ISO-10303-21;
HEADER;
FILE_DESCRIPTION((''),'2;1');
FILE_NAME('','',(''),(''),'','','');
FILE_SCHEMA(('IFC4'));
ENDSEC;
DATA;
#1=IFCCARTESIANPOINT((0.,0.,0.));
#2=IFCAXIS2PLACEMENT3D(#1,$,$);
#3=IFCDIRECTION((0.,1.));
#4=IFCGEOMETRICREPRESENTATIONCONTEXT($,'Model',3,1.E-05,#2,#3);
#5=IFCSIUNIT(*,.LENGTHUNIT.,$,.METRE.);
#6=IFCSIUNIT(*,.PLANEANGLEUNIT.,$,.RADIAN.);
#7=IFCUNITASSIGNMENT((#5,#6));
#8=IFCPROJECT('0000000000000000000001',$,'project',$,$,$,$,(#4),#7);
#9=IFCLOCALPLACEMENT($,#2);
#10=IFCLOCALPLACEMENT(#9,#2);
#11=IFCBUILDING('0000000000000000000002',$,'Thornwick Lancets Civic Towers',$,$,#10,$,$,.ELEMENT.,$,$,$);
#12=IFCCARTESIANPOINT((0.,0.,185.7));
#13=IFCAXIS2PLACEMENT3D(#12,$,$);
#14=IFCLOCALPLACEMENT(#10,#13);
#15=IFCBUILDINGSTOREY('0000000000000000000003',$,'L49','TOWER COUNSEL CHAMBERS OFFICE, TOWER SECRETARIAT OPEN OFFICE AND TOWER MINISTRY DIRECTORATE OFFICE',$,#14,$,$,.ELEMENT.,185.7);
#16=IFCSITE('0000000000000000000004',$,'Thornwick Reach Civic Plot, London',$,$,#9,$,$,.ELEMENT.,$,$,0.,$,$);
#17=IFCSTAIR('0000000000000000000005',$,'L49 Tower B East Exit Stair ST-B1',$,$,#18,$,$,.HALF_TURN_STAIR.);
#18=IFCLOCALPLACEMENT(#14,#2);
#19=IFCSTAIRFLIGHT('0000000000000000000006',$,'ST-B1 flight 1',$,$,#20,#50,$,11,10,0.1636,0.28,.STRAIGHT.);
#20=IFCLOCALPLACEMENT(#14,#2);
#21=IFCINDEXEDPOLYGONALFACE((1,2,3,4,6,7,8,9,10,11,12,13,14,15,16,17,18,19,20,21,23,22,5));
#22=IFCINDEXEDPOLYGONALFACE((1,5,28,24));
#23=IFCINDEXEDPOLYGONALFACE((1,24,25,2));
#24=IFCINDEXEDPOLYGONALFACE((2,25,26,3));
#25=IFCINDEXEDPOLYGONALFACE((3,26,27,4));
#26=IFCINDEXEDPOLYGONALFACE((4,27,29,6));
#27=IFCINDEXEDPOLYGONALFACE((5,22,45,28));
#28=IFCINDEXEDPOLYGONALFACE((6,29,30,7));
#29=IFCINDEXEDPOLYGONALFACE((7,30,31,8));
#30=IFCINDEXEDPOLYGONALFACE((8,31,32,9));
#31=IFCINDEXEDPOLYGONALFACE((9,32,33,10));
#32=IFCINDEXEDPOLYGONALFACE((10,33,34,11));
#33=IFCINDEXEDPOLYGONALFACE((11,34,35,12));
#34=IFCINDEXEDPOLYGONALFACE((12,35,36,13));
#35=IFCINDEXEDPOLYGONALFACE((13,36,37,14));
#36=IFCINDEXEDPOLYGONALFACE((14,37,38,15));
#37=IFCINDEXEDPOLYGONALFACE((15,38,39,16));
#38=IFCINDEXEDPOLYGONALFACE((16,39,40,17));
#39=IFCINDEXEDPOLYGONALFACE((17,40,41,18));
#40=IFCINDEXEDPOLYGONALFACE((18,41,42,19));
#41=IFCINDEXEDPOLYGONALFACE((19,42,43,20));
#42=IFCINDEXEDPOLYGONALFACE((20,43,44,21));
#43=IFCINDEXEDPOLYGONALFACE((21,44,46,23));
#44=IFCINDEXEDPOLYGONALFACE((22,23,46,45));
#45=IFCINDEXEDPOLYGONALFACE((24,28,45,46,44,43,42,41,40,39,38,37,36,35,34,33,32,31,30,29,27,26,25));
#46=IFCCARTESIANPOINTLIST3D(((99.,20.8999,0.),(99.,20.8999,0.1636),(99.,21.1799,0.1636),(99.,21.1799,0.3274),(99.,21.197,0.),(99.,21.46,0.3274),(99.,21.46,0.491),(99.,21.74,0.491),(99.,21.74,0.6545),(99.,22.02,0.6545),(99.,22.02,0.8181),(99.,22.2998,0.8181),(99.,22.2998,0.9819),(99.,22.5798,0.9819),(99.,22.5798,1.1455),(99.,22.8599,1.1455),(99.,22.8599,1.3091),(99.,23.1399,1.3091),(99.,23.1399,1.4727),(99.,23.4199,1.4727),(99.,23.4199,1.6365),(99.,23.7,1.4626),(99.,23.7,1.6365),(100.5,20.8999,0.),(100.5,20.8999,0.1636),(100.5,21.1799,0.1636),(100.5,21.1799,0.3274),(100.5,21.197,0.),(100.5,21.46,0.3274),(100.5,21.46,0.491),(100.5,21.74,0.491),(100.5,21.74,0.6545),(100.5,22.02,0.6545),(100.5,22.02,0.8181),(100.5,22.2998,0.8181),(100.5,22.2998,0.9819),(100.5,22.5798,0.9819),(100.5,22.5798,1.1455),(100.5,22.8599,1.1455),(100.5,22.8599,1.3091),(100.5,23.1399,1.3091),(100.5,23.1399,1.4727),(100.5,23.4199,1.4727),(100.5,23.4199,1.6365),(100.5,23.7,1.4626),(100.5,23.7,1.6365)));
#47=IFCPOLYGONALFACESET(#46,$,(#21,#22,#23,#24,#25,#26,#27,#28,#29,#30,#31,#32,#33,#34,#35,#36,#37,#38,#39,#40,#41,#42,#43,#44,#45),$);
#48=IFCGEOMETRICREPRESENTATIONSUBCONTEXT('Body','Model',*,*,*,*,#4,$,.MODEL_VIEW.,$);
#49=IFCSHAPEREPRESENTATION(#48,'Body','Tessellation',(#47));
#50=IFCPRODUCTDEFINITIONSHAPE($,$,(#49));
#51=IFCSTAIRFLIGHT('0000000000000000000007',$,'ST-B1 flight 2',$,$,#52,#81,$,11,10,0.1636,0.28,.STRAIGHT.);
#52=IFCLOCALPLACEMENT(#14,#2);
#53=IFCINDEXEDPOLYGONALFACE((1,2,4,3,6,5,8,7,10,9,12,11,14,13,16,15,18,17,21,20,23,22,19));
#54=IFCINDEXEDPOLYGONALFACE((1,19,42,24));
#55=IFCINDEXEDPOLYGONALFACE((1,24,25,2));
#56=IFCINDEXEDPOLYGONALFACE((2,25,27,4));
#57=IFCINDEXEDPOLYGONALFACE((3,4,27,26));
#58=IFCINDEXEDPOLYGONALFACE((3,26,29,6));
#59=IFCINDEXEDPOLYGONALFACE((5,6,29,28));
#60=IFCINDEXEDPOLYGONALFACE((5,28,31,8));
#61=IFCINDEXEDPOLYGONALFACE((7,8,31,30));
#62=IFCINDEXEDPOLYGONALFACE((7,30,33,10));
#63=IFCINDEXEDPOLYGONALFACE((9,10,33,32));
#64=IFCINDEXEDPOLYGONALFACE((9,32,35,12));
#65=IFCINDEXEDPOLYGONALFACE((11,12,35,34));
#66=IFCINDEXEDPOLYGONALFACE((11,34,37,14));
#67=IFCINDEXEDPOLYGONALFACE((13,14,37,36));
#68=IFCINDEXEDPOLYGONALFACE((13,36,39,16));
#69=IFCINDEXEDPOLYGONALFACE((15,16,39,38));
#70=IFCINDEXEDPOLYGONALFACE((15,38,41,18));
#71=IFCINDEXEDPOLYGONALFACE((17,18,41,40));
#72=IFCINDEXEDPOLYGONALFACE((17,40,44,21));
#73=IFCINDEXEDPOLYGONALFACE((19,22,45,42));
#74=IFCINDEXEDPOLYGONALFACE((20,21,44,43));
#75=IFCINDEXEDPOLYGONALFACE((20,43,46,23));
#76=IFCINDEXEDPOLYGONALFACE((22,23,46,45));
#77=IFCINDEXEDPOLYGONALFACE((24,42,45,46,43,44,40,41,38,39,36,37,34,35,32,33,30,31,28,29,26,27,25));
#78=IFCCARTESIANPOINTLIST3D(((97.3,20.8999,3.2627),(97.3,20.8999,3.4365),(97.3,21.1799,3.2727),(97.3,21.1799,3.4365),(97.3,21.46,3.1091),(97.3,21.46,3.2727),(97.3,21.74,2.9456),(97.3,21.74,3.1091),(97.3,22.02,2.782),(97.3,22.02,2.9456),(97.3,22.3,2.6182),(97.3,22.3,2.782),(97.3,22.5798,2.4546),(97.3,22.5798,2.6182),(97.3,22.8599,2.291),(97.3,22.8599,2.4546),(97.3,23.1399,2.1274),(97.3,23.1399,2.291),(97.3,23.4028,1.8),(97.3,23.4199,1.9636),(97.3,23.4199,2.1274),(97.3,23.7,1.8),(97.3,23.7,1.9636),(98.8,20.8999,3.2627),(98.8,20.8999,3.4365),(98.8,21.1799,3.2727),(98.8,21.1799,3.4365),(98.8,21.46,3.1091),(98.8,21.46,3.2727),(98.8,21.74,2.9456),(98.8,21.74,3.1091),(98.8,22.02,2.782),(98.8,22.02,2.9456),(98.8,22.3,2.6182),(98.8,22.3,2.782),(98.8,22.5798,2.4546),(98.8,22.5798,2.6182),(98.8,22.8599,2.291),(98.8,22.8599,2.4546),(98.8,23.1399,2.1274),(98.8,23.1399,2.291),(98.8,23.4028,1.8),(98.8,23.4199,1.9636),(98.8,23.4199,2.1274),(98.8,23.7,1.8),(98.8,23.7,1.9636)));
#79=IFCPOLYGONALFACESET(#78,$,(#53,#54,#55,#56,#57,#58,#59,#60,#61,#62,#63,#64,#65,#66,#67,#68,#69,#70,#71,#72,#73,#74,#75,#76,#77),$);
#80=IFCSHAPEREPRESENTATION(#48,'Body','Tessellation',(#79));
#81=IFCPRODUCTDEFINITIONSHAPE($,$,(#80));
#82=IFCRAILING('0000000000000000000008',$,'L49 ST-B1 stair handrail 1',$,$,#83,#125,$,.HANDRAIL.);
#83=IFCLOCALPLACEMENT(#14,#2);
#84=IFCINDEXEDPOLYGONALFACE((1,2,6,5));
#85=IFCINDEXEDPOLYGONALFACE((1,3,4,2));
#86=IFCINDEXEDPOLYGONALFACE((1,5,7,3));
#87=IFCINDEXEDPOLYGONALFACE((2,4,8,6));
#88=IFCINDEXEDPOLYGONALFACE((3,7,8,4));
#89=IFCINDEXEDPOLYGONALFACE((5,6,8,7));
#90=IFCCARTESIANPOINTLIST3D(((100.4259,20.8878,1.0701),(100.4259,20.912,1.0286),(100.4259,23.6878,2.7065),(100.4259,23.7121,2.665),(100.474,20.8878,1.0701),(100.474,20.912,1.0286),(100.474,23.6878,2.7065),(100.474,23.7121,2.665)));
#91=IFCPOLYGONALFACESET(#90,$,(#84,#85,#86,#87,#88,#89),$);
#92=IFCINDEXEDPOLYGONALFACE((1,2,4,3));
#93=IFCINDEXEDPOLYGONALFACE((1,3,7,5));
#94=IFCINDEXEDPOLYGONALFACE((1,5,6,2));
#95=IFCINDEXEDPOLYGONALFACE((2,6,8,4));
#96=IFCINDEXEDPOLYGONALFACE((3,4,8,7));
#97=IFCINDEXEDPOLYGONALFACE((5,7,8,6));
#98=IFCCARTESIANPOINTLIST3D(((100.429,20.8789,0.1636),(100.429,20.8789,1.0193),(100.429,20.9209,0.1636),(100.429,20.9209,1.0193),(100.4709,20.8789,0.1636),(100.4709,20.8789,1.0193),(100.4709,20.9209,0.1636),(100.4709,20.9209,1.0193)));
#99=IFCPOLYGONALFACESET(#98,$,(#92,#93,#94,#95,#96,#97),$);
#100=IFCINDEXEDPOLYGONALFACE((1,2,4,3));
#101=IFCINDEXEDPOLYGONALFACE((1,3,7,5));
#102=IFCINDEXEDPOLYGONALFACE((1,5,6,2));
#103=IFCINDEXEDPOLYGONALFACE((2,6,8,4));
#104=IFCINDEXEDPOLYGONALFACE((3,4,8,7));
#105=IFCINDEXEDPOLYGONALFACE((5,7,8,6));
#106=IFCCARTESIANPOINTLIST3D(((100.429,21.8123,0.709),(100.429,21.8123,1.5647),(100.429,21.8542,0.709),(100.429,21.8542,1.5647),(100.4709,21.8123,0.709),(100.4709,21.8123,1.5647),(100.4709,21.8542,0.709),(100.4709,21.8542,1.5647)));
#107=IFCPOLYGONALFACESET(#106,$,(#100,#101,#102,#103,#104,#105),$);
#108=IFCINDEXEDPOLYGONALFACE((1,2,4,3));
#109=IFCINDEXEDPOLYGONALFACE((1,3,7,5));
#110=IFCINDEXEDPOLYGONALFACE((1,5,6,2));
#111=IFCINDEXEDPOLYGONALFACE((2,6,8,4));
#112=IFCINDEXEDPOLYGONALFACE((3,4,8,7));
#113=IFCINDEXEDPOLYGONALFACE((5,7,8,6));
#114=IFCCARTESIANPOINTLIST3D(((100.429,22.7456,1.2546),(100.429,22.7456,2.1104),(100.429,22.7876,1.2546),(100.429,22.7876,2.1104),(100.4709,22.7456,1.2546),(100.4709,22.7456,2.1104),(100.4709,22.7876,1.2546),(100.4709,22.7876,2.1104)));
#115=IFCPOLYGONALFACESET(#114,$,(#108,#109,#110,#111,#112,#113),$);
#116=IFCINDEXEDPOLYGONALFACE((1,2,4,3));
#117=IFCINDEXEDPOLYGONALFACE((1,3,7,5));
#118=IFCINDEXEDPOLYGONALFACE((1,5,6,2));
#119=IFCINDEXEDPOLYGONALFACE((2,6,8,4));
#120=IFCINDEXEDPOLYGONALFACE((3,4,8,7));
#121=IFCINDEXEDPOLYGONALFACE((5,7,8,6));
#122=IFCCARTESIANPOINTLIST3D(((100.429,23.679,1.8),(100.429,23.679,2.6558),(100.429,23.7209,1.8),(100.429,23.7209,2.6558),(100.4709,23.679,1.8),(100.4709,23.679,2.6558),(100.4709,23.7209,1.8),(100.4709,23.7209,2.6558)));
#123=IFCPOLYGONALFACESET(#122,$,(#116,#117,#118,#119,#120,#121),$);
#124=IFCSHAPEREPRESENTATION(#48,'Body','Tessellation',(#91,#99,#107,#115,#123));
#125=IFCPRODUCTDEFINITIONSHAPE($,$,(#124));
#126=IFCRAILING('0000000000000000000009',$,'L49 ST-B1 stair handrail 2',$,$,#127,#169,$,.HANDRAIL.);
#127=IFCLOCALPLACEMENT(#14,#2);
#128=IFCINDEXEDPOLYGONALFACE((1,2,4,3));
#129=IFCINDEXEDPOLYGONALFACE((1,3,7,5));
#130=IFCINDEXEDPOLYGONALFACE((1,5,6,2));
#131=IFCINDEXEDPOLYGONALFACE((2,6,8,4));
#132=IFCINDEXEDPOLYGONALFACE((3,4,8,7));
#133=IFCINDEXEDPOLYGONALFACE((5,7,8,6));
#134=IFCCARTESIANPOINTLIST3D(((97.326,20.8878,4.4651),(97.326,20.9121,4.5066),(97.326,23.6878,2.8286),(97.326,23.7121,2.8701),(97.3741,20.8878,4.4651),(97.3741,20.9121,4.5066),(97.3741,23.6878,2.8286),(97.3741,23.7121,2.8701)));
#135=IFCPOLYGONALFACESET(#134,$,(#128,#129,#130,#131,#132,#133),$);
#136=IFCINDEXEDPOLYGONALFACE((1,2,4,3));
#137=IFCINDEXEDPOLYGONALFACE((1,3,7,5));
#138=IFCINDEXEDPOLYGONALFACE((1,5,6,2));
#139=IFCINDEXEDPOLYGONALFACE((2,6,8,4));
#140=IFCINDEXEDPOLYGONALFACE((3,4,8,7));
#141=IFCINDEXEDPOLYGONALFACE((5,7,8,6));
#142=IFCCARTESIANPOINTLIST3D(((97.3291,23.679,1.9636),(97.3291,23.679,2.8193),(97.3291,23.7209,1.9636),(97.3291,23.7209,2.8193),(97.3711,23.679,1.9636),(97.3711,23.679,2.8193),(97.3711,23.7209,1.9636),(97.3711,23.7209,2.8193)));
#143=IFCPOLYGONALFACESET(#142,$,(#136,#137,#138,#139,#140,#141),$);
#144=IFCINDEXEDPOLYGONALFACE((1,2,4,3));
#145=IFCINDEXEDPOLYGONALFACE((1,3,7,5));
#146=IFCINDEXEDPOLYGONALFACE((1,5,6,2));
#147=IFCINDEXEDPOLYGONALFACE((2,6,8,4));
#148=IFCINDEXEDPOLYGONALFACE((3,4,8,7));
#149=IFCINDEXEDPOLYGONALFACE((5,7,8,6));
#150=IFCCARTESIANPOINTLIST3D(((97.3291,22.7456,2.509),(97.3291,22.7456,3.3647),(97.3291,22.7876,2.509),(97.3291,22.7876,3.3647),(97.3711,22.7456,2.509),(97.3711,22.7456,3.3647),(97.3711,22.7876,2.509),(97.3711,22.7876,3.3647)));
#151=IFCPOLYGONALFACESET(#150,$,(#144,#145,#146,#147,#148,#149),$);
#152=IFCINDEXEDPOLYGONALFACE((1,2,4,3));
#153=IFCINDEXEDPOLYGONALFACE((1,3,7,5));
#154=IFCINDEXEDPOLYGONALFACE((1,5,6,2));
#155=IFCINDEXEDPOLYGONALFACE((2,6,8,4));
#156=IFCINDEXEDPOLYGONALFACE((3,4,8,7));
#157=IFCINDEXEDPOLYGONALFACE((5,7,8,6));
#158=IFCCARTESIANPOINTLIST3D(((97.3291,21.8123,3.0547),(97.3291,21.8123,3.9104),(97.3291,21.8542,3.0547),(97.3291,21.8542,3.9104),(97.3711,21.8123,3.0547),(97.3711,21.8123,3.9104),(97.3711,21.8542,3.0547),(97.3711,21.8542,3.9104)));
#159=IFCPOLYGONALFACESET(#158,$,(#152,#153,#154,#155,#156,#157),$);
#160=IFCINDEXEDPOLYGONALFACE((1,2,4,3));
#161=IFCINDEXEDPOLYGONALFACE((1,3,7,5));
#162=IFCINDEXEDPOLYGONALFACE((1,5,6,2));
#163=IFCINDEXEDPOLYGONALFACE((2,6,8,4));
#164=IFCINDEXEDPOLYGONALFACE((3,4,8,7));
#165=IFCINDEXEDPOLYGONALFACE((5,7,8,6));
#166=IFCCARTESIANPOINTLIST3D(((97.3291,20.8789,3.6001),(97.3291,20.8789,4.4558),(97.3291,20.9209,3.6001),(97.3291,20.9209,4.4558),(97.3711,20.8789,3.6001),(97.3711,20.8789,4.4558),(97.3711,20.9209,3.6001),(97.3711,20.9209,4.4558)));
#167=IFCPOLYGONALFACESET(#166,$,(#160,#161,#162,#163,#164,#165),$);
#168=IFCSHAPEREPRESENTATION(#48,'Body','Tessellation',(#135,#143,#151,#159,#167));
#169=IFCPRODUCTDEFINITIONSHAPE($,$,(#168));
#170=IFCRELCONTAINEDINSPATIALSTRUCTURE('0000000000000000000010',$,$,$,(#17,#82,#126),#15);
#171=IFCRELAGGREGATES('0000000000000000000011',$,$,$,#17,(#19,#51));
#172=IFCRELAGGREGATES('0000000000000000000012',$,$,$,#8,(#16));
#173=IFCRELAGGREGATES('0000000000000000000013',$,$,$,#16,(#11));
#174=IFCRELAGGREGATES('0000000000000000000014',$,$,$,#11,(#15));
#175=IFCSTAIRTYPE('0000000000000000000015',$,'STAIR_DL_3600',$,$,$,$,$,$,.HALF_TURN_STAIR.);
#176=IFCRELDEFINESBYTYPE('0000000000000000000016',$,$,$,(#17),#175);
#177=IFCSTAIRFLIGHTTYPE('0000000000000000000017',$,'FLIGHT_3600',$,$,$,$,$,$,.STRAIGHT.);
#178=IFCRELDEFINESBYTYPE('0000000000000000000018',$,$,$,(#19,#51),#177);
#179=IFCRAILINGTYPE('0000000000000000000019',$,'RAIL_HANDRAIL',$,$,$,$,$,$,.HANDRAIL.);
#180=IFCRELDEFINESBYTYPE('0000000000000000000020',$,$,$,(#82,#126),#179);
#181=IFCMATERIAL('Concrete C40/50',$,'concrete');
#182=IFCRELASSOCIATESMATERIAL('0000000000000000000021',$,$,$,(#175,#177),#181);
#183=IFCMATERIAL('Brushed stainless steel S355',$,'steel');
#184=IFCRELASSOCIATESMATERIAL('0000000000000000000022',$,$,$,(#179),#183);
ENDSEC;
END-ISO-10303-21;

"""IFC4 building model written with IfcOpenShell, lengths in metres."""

from ifc_helpers import new_model, si_unit, direction, frame, origin, origin_2d, place, context, subcontext, project, spatial, polyline, rectangle, outline, extrude, material, type_object, element, aggregate, save


model = new_model("IFC4")

# Units and contexts
model_context = context("Model", 3, precision=1e-05, world=origin(), true_north=direction((0.0, 1.0)))
body_context = subcontext(model_context, "Body", "Model", "MODEL_VIEW")
ifc_project = project(units=[si_unit("LENGTHUNIT", "METRE"), si_unit("PLANEANGLEUNIT", "RADIAN")], contexts=[model_context])

# Site, building, storey
site_placement = place(None, origin())
site = spatial("IfcSite", under=ifc_project, at=site_placement, Name="Thornwick Reach Civic Plot, London", CompositionType="ELEMENT", RefElevation=0.0)
building_placement = place(site_placement, origin())
building = spatial("IfcBuilding", under=site, at=building_placement, Name="Thornwick Lancets Civic Towers", CompositionType="ELEMENT")
storey_placement = place(building_placement, frame((0.0, 0.0, 185.7)))
storey = spatial("IfcBuildingStorey", under=building, at=storey_placement, Name="L49", Description="TOWER COUNSEL CHAMBERS OFFICE, TOWER SECRETARIAT OPEN OFFICE AND TOWER MINISTRY DIRECTORATE OFFICE", CompositionType="ELEMENT", Elevation=185.7)

# Shared definitions
ifc_material_1 = material(Name="Concrete C40/50", Category="concrete")

# Stair, stair flights
stair_type = type_object("IfcStairType", Name="STAIR_DL_3600", PredefinedType="HALF_TURN_STAIR", material=ifc_material_1)
stair_placement = place(storey_placement, origin())
stair = element("IfcStair", 1, at=stair_placement, inside=storey, type_object=stair_type, Name="L49 Tower B East Exit Stair ST-B1", PredefinedType="HALF_TURN_STAIR")
stair_flight_type = type_object("IfcStairFlightType", Name="FLIGHT_3600", PredefinedType="STRAIGHT", material=ifc_material_1)
stair_flight_1_placement = place(storey_placement, frame((99.75, 20.8999, 0.0), z_axis=(0.0, 0.0, 1.0), x_axis=(0.0, 1.0, 0.0)))
stair_flight_1 = element("IfcStairFlight", 2, at=stair_flight_1_placement, type_object=stair_flight_type, Name="ST-B1 flight 1", NumberOfRisers=11, NumberOfTreads=10, PredefinedType="STRAIGHT", RiserHeight=0.1636, TreadLength=0.28, context=body_context, shape_type="SweptSolid", body=[
    extrude(outline(polyline([(0.0, 0.0), (0.0, 0.1636), (0.28, 0.1636), (0.28, 0.3274), (0.5601, 0.3274), (0.5601, 0.491), (0.8401, 0.491), (0.8401, 0.6545), (1.1201, 0.6545), (1.1201, 0.8181), (1.3999, 0.8181), (1.3999, 0.9819), (1.6799, 0.9819), (1.6799, 1.1455), (1.96, 1.1455), (1.96, 1.3091), (2.24, 1.3091), (2.24, 1.4727), (2.52, 1.4727), (2.52, 1.6365), (2.8, 1.6365), (2.8, 1.8), (2.8, 1.4626), (0.2971, 0.0), (0.0, 0.0)])), frame((0.0, 0.75, 0.0), z_axis=(0.0, -1.0, 0.0), x_axis=(1.0, 0.0, 0.0)), (0.0, 0.0, 1.0), 1.5),
])
stair_flight_2_placement = place(storey_placement, frame((98.05, 23.7, 1.8), z_axis=(0.0, 0.0, 1.0), x_axis=(0.0, -1.0, 0.0)))
stair_flight_2 = element("IfcStairFlight", 3, at=stair_flight_2_placement, type_object=stair_flight_type, Name="ST-B1 flight 2", NumberOfRisers=11, NumberOfTreads=10, PredefinedType="STRAIGHT", RiserHeight=0.1636, TreadLength=0.28, context=body_context, shape_type="SweptSolid", body=[
    extrude(outline(polyline([(0.0, 0.0), (0.0, 0.1636), (0.28, 0.1636), (0.28, 0.3274), (0.5601, 0.3274), (0.5601, 0.491), (0.8401, 0.491), (0.8401, 0.6545), (1.1201, 0.6545), (1.1201, 0.8181), (1.3999, 0.8181), (1.3999, 0.9819), (1.6799, 0.9819), (1.6799, 1.1455), (1.96, 1.1455), (1.96, 1.3091), (2.24, 1.3091), (2.24, 1.4727), (2.52, 1.4727), (2.52, 1.6365), (2.8, 1.6365), (2.8, 1.8), (2.8, 1.4626), (0.2971, 0.0), (0.0, 0.0)])), frame((0.0, 0.75, 0.0), z_axis=(0.0, -1.0, 0.0), x_axis=(1.0, 0.0, 0.0)), (0.0, 0.0, 1.0), 1.5),
])
aggregate(stair, [stair_flight_1, stair_flight_2])

# Railings
ifc_material_2 = material(Name="Brushed stainless steel S355", Category="steel")
railing_type_1 = type_object("IfcRailingType", Name="RAIL_HANDRAIL", PredefinedType="HANDRAIL", material=ifc_material_2)
railing_1_placement = place(storey_placement, frame((100.45, 20.8999, 0.1636)))
element("IfcRailing", 4, at=railing_1_placement, inside=storey, type_object=railing_type_1, Name="L49 ST-B1 stair handrail 1", PredefinedType="HANDRAIL", context=body_context, shape_type="SweptSolid", body=[
    extrude(rectangle(XDim=0.0481, YDim=0.0481, at=origin_2d()), frame((0.0, 0.0, 0.8857), z_axis=(0.0, 0.863361, 0.504587), x_axis=(-1.0, 0.0, 0.0)), (0.0, 0.0, 1.0), 3.2432),
    extrude(rectangle(XDim=0.042, YDim=0.042, at=origin_2d()), origin(), (0.0, 0.0, 1.0), 0.8557),
    extrude(rectangle(XDim=0.042, YDim=0.042, at=origin_2d()), frame((0.0, 0.9333, 0.5454)), (0.0, 0.0, 1.0), 0.8557),
    extrude(rectangle(XDim=0.042, YDim=0.042, at=origin_2d()), frame((0.0, 1.8667, 1.0911)), (0.0, 0.0, 1.0), 0.8557),
    extrude(rectangle(XDim=0.042, YDim=0.042, at=origin_2d()), frame((0.0, 2.8, 1.6365)), (0.0, 0.0, 1.0), 0.8557),
])
railing_2_placement = place(storey_placement, frame((97.3501, 23.7, 1.9636)))
element("IfcRailing", 5, at=railing_2_placement, inside=storey, type_object=railing_type_1, Name="L49 ST-B1 stair handrail 2", PredefinedType="HANDRAIL", context=body_context, shape_type="SweptSolid", body=[
    extrude(rectangle(XDim=0.0481, YDim=0.0481, at=origin_2d()), frame((0.0, 0.0, 0.8857), z_axis=(0.0, -0.863361, 0.504587), x_axis=(1.0, 0.0, 0.0)), (0.0, 0.0, 1.0), 3.2432),
    extrude(rectangle(XDim=0.042, YDim=0.042, at=origin_2d()), origin(), (0.0, 0.0, 1.0), 0.8557),
    extrude(rectangle(XDim=0.042, YDim=0.042, at=origin_2d()), frame((0.0, -0.9333, 0.5454)), (0.0, 0.0, 1.0), 0.8557),
    extrude(rectangle(XDim=0.042, YDim=0.042, at=origin_2d()), frame((0.0, -1.8667, 1.0911)), (0.0, 0.0, 1.0), 0.8557),
    extrude(rectangle(XDim=0.042, YDim=0.042, at=origin_2d()), frame((0.0, -2.8, 1.6365)), (0.0, 0.0, 1.0), 0.8557),
])

save(model, "model.ifc")
